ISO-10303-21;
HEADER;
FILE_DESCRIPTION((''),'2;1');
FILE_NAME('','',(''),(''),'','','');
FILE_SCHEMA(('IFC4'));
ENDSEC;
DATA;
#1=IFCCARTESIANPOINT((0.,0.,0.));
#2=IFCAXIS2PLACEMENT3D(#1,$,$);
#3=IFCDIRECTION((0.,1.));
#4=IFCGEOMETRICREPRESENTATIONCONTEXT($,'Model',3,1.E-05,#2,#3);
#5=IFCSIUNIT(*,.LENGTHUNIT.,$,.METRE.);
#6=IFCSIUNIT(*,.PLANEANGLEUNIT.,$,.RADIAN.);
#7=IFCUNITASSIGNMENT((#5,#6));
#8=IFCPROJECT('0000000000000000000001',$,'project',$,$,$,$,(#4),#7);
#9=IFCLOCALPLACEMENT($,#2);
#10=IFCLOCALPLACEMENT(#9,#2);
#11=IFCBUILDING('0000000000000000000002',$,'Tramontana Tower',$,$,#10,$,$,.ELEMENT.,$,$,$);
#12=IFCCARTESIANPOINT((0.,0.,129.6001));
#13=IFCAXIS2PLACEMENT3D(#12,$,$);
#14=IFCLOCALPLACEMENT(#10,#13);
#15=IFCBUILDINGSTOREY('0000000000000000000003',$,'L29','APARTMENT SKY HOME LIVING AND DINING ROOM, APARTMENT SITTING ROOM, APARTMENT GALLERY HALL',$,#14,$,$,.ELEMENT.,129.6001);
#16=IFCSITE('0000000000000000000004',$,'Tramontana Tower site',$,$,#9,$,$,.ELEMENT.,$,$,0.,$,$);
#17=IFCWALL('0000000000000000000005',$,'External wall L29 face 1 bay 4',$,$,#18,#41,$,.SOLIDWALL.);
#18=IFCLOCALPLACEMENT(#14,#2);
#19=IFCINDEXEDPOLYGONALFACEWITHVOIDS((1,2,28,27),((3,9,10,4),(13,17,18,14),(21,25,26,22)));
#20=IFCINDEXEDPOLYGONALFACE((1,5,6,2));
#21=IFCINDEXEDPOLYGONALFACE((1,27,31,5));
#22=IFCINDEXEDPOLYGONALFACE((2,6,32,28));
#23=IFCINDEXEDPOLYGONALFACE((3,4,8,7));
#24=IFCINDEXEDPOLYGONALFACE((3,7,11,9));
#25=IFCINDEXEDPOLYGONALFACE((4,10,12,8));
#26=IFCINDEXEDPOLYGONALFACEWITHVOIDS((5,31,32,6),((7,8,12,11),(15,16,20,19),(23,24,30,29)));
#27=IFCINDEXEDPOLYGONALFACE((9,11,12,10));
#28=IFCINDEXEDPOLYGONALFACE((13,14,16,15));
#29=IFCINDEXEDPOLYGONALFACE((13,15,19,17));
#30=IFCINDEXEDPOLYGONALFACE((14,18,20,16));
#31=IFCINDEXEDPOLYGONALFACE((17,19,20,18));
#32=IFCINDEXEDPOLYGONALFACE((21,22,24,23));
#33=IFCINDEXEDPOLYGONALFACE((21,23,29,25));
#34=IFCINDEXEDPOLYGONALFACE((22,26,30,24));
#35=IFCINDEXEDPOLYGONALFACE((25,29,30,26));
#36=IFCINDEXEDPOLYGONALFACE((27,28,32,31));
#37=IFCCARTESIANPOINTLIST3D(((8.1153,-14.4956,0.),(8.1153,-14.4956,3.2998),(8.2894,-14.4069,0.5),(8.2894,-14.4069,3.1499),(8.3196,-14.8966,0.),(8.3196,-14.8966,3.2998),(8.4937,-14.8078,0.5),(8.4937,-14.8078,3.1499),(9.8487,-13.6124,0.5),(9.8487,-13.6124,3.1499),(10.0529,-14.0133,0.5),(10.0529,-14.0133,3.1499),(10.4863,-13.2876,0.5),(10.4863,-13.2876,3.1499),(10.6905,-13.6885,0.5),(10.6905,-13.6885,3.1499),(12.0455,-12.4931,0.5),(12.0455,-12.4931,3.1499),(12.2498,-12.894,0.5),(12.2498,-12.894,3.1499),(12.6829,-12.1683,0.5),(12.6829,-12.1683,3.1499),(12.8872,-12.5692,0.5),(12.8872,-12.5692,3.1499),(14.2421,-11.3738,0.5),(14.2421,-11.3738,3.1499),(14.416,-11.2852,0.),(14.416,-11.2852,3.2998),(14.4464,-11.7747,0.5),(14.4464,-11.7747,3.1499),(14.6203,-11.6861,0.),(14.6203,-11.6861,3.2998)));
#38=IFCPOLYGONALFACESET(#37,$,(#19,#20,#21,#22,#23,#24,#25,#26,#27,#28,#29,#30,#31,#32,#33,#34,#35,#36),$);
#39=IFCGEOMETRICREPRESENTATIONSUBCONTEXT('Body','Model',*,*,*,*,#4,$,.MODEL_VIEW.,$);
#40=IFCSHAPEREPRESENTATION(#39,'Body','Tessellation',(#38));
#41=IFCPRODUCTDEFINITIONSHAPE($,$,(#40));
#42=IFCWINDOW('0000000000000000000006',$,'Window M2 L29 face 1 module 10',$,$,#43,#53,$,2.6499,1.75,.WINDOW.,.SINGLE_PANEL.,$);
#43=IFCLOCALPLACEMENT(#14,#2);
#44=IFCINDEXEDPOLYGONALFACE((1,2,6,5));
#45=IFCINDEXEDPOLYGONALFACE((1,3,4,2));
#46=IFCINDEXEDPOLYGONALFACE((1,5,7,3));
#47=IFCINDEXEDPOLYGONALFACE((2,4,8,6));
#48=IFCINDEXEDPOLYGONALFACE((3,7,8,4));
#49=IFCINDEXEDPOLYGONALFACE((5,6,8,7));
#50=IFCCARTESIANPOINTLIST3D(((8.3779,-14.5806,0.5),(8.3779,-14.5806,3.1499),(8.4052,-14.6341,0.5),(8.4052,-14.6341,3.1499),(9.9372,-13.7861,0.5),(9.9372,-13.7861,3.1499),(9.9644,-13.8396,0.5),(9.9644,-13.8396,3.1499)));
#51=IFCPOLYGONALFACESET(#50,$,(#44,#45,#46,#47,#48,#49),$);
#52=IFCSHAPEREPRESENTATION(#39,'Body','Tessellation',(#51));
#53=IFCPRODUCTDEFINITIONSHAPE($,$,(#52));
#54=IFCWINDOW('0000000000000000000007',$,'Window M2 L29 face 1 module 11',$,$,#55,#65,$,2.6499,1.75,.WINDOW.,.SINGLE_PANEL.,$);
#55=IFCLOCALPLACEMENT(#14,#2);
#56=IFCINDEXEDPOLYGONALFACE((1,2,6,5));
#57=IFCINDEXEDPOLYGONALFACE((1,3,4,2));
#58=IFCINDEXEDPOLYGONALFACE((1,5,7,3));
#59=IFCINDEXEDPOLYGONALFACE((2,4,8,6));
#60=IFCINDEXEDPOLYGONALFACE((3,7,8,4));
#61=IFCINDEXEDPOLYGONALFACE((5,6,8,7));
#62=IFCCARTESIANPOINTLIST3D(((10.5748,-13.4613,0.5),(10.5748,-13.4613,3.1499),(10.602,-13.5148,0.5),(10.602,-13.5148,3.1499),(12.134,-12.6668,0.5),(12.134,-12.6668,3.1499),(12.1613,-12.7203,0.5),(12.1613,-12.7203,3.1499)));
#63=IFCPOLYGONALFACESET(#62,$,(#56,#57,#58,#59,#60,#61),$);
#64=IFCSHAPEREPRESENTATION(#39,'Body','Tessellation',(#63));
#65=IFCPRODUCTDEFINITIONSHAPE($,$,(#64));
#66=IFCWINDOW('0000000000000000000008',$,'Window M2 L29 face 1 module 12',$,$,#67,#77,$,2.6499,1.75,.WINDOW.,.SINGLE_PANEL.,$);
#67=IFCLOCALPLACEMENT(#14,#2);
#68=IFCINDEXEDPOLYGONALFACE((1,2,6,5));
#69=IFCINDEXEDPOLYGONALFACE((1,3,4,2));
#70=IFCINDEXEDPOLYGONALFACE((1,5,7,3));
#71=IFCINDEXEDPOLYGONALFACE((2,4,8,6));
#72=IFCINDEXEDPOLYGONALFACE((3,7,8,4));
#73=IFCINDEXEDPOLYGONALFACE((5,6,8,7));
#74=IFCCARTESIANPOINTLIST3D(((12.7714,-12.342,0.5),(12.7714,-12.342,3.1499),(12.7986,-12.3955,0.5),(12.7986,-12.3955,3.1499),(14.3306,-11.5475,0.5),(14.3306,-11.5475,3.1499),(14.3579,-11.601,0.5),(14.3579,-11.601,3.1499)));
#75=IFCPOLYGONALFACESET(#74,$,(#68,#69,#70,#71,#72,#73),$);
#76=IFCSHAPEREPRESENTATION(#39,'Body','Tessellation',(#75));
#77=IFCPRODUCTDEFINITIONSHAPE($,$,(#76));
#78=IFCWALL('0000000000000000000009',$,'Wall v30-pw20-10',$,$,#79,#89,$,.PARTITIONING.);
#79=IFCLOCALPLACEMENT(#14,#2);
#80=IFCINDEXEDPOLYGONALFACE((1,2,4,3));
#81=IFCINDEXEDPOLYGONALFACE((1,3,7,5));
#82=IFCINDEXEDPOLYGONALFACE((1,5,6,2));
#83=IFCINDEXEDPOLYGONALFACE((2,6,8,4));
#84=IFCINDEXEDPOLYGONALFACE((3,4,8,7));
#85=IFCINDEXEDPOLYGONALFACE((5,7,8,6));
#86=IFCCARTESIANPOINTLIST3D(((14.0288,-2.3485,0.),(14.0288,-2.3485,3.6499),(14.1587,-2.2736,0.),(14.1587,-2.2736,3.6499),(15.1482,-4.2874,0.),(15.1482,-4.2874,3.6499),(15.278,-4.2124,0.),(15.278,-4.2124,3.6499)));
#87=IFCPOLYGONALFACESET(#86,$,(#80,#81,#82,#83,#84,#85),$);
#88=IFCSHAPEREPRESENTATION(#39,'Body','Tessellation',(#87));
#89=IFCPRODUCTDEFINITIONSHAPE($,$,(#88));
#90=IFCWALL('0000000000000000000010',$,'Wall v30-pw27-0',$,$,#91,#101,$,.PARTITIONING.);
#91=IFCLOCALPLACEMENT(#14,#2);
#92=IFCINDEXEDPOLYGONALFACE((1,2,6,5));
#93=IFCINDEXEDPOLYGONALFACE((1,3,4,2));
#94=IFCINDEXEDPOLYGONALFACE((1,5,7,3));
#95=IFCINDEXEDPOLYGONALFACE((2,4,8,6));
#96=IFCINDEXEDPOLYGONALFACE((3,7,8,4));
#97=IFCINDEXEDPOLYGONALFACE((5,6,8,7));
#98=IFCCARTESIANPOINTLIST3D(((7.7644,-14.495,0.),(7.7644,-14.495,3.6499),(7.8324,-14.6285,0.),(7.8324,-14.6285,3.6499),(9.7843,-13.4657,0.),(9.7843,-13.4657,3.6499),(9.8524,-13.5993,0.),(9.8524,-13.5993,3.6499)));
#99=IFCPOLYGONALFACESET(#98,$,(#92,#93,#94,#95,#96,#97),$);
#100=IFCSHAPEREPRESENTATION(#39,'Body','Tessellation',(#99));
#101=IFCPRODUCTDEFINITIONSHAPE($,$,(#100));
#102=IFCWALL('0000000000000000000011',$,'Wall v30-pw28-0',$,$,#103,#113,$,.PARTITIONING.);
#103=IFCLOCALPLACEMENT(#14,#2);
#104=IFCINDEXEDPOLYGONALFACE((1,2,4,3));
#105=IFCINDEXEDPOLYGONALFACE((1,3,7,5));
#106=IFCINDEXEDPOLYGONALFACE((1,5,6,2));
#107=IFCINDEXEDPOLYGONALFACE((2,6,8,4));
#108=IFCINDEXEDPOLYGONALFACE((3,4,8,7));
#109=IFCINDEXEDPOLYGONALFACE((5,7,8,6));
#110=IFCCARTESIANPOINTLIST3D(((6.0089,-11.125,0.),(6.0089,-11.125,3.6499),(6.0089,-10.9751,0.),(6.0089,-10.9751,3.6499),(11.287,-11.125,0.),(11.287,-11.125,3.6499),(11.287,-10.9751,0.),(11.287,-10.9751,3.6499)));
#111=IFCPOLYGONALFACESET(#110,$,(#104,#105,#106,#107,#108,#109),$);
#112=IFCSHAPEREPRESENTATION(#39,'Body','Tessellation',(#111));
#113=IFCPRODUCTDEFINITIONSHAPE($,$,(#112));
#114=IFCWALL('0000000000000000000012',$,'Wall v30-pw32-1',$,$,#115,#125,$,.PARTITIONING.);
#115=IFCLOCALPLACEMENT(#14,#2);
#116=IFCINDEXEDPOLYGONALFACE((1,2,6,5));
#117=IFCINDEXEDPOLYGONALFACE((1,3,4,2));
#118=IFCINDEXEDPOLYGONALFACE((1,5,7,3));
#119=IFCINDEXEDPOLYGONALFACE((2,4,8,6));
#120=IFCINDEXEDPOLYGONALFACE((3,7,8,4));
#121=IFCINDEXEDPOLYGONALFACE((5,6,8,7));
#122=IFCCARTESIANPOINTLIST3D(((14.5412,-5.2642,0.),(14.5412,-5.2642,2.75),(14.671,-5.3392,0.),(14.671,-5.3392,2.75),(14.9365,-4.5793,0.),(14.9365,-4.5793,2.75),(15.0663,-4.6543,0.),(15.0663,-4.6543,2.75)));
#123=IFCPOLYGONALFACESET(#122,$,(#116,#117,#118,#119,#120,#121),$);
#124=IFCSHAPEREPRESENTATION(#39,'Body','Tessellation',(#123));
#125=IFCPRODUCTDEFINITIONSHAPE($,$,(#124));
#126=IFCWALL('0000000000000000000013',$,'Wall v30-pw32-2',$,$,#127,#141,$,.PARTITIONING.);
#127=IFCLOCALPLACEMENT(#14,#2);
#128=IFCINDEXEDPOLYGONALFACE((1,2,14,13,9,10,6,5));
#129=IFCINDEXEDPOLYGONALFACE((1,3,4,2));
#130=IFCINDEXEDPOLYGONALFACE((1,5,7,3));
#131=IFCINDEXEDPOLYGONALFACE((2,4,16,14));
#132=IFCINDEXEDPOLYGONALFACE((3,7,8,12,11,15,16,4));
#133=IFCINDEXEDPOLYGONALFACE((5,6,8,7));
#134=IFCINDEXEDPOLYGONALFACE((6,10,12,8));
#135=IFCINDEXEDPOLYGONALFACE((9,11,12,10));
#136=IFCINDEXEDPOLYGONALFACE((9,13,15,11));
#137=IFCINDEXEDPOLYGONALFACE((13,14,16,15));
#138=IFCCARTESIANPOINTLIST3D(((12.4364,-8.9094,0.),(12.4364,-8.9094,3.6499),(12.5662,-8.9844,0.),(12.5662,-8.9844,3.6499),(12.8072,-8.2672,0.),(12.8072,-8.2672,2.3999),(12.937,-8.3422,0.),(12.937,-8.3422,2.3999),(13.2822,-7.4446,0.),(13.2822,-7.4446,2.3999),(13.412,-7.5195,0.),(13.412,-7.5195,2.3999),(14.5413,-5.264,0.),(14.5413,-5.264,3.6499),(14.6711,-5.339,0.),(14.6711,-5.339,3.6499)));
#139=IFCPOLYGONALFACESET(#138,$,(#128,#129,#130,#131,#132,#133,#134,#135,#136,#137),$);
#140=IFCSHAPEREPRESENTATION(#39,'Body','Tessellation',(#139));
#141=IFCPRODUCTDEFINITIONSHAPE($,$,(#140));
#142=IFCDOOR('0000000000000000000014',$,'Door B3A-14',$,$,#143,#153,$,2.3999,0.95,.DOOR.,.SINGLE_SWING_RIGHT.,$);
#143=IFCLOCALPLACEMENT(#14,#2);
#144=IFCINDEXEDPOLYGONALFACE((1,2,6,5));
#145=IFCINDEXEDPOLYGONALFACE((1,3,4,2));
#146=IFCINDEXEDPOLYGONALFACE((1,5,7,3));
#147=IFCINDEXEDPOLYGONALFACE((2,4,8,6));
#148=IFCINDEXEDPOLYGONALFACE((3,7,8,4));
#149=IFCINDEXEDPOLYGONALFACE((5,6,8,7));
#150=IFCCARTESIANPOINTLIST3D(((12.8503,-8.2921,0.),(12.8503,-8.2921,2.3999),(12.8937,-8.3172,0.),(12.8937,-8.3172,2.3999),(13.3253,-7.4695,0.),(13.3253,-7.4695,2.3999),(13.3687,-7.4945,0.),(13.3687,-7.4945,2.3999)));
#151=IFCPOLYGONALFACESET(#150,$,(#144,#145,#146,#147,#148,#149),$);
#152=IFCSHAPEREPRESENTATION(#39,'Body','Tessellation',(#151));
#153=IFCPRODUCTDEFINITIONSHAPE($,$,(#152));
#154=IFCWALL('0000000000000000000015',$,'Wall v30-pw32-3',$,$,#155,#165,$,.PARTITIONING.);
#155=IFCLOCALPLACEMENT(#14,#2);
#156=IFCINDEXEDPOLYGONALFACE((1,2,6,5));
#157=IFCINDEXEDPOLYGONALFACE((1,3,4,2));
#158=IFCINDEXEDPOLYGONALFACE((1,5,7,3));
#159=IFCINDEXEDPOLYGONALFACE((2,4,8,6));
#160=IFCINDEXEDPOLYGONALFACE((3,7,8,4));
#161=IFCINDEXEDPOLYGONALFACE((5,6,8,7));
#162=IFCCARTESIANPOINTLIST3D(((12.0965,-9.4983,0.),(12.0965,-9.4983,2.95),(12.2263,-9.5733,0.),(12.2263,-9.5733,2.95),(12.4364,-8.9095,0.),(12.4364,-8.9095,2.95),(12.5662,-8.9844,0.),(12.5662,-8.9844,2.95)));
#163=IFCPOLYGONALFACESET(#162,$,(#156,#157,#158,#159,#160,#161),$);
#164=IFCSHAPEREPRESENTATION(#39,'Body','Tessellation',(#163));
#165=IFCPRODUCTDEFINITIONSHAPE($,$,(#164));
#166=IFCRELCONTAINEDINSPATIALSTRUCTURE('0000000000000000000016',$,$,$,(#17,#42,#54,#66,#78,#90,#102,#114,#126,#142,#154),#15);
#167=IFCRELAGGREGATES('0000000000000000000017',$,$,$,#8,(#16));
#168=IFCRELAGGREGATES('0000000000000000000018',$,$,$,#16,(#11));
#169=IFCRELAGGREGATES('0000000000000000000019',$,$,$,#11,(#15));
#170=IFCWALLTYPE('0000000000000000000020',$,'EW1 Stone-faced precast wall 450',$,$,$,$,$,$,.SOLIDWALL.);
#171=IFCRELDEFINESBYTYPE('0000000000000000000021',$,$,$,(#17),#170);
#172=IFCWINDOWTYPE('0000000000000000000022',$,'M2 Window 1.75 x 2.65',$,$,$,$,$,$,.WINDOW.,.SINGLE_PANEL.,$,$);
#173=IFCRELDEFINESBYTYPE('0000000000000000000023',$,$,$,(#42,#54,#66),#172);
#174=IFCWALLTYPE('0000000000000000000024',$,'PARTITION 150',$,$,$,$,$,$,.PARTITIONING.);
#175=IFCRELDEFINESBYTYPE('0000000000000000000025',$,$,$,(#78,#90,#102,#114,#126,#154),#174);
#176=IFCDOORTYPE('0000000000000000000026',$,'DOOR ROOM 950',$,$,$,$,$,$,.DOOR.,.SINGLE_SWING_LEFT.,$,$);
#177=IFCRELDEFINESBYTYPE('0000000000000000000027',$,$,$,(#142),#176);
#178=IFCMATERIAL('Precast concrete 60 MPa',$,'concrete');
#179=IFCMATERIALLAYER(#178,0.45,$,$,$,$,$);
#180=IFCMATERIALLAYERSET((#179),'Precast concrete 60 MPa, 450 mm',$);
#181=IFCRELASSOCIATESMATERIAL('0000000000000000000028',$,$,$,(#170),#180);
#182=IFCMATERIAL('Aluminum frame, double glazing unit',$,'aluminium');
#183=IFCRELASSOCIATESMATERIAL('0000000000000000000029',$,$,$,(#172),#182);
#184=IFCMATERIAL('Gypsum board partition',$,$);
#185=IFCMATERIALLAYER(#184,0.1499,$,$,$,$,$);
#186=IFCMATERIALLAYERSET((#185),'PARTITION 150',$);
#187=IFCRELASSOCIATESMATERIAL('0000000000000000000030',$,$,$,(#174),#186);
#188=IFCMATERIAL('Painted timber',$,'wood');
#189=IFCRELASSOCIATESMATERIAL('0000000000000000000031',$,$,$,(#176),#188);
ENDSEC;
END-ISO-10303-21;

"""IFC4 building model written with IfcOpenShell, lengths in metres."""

from ifc_helpers import new_model, si_unit, direction, frame, frame_2d, origin, place, context, subcontext, project, spatial, rectangle, extrude, material, layer, layer_set, type_object, element, fill, save


model = new_model("IFC4")

# Units and contexts
model_context = context("Model", 3, precision=1e-05, world=origin(), true_north=direction((0.0, 1.0)))
body_context = subcontext(model_context, "Body", "Model", "MODEL_VIEW")
ifc_project = project(units=[si_unit("LENGTHUNIT", "METRE"), si_unit("PLANEANGLEUNIT", "RADIAN")], contexts=[model_context])

# Site, building, storey
site_placement = place(None, origin())
site = spatial("IfcSite", under=ifc_project, at=site_placement, Name="Tramontana Tower site", CompositionType="ELEMENT", RefElevation=0.0)
building_placement = place(site_placement, origin())
building = spatial("IfcBuilding", under=site, at=building_placement, Name="Tramontana Tower", CompositionType="ELEMENT")
storey_placement = place(building_placement, frame((0.0, 0.0, 129.6001)))
storey = spatial("IfcBuildingStorey", under=building, at=storey_placement, Name="L29", Description="APARTMENT SKY HOME LIVING AND DINING ROOM, APARTMENT SITTING ROOM, APARTMENT GALLERY HALL", CompositionType="ELEMENT", Elevation=129.6001)

# Wall, openings, windows
ifc_material_1 = material(Name="Precast concrete 60 MPa", Category="concrete")
ifc_layer_1 = layer(ifc_material_1, 0.45)
ifc_layer_set_1 = layer_set([ifc_layer_1], Name="Precast concrete 60 MPa, 450 mm")
wall_type_1 = type_object("IfcWallType", Name="EW1 Stone-faced precast wall 450", PredefinedType="SOLIDWALL", material=ifc_layer_set_1)
wall_1_placement = place(storey_placement, frame((8.2175, -14.696, 0.0), z_axis=(0.0, 0.0, 1.0), x_axis=(0.891004, 0.453995, 0.0)))
wall_1 = element("IfcWall", 1, at=wall_1_placement, inside=storey, type_object=wall_type_1, Name="External wall L29 face 1 bay 4", PredefinedType="SOLIDWALL", context=body_context, shape_type="SweptSolid", body=[
    extrude(rectangle(XDim=7.0715, YDim=0.45, at=frame_2d((3.5356, 0.0))), origin(), (0.0, 0.0, 1.0), 3.2998),
])
opening_1_placement = place(wall_1_placement, frame((0.1953, 0.0, 0.5)))
opening_1 = element("IfcOpeningElement", 2, at=opening_1_placement, cuts=wall_1, PredefinedType="OPENING", context=body_context, shape_type="SweptSolid", body=[
    extrude(rectangle(XDim=1.75, YDim=2.6499, at=frame_2d((0.875, 1.325))), frame((0.0, 0.2349, 0.0), z_axis=(0.0, -1.0, 0.0), x_axis=(1.0, 0.0, 0.0)), (0.0, 0.0, 1.0), 0.47),
])
opening_2_placement = place(wall_1_placement, frame((2.6609, 0.0, 0.5)))
opening_2 = element("IfcOpeningElement", 3, at=opening_2_placement, cuts=wall_1, PredefinedType="OPENING", context=body_context, shape_type="SweptSolid", body=[
    extrude(rectangle(XDim=1.75, YDim=2.6499, at=frame_2d((0.875, 1.325))), frame((0.0, 0.2349, 0.0), z_axis=(0.0, -1.0, 0.0), x_axis=(1.0, 0.0, 0.0)), (0.0, 0.0, 1.0), 0.47),
])
opening_3_placement = place(wall_1_placement, frame((5.1262, 0.0, 0.5)))
opening_3 = element("IfcOpeningElement", 4, at=opening_3_placement, cuts=wall_1, PredefinedType="OPENING", context=body_context, shape_type="SweptSolid", body=[
    extrude(rectangle(XDim=1.75, YDim=2.6499, at=frame_2d((0.875, 1.325))), frame((0.0, 0.2349, 0.0), z_axis=(0.0, -1.0, 0.0), x_axis=(1.0, 0.0, 0.0)), (0.0, 0.0, 1.0), 0.47),
])
ifc_material_2 = material(Name="Aluminum frame, double glazing unit", Category="aluminium")
window_type = type_object("IfcWindowType", Name="M2 Window 1.75 x 2.65", PartitioningType="SINGLE_PANEL", PredefinedType="WINDOW", material=ifc_material_2)
window_1_placement = place(opening_1_placement, origin())
window_1 = element("IfcWindow", 5, at=window_1_placement, inside=storey, type_object=window_type, Name="Window M2 L29 face 1 module 10", OverallHeight=2.6499, OverallWidth=1.75, PartitioningType="SINGLE_PANEL", PredefinedType="WINDOW", context=body_context, shape_type="SweptSolid", body=[
    extrude(rectangle(XDim=1.75, YDim=2.6499, at=frame_2d((0.875, 1.325))), frame((0.0, 0.03, 0.0), z_axis=(0.0, -1.0, 0.0), x_axis=(1.0, 0.0, 0.0)), (0.0, 0.0, 1.0), 0.0601),
])
fill(opening_1, window_1)
window_2_placement = place(opening_2_placement, origin())
window_2 = element("IfcWindow", 6, at=window_2_placement, inside=storey, type_object=window_type, Name="Window M2 L29 face 1 module 11", OverallHeight=2.6499, OverallWidth=1.75, PartitioningType="SINGLE_PANEL", PredefinedType="WINDOW", context=body_context, shape_type="SweptSolid", body=[
    extrude(rectangle(XDim=1.75, YDim=2.6499, at=frame_2d((0.875, 1.325))), frame((0.0, 0.03, 0.0), z_axis=(0.0, -1.0, 0.0), x_axis=(1.0, 0.0, 0.0)), (0.0, 0.0, 1.0), 0.0601),
])
fill(opening_2, window_2)
window_3_placement = place(opening_3_placement, origin())
window_3 = element("IfcWindow", 7, at=window_3_placement, inside=storey, type_object=window_type, Name="Window M2 L29 face 1 module 12", OverallHeight=2.6499, OverallWidth=1.75, PartitioningType="SINGLE_PANEL", PredefinedType="WINDOW", context=body_context, shape_type="SweptSolid", body=[
    extrude(rectangle(XDim=1.75, YDim=2.6499, at=frame_2d((0.875, 1.325))), frame((0.0, 0.03, 0.0), z_axis=(0.0, -1.0, 0.0), x_axis=(1.0, 0.0, 0.0)), (0.0, 0.0, 1.0), 0.0601),
])
fill(opening_3, window_3)

# Wall
ifc_material_3 = material(Name="Gypsum board partition")
ifc_layer_2 = layer(ifc_material_3, 0.1499)
ifc_layer_set_2 = layer_set([ifc_layer_2], Name="PARTITION 150")
wall_type_2 = type_object("IfcWallType", Name="PARTITION 150", PredefinedType="PARTITIONING", material=ifc_layer_set_2)
wall_2_placement = place(storey_placement, frame((14.0938, -2.311, 0.0), z_axis=(0.0, 0.0, 1.0), x_axis=(0.499974, -0.86604, 0.0)))
element("IfcWall", 8, at=wall_2_placement, inside=storey, type_object=wall_type_2, Name="Wall v30-pw20-10", PredefinedType="PARTITIONING", context=body_context, shape_type="SweptSolid", body=[
    extrude(rectangle(XDim=2.2388, YDim=0.1499, at=frame_2d((1.1194, 0.0))), origin(), (0.0, 0.0, 1.0), 3.6499),
])

# Walls
wall_3_placement = place(storey_placement, frame((9.8184, -13.5325, 0.0), z_axis=(0.0, 0.0, 1.0), x_axis=(-0.890998, -0.454006, 0.0)))
element("IfcWall", 9, at=wall_3_placement, inside=storey, type_object=wall_type_2, Name="Wall v30-pw27-0", PredefinedType="PARTITIONING", context=body_context, shape_type="SweptSolid", body=[
    extrude(rectangle(XDim=2.2671, YDim=0.1499, at=frame_2d((1.1335, 0.0))), origin(), (0.0, 0.0, 1.0), 3.6499),
])
wall_4_placement = place(storey_placement, frame((11.2871, -11.05, 0.0), z_axis=(0.0, 0.0, 1.0), x_axis=(-1.0, 0.0, 0.0)))
element("IfcWall", 10, at=wall_4_placement, inside=storey, type_object=wall_type_2, Name="Wall v30-pw28-0", PredefinedType="PARTITIONING", context=body_context, shape_type="SweptSolid", body=[
    extrude(rectangle(XDim=5.2781, YDim=0.1499, at=frame_2d((2.6392, 0.0))), origin(), (0.0, 0.0, 1.0), 3.6499),
])
wall_5_placement = place(storey_placement, frame((15.0015, -4.6167, 0.0), z_axis=(0.0, 0.0, 1.0), x_axis=(-0.499892, -0.866088, 0.0)))
element("IfcWall", 11, at=wall_5_placement, inside=storey, type_object=wall_type_2, Name="Wall v30-pw32-1", PredefinedType="PARTITIONING", context=body_context, shape_type="SweptSolid", body=[
    extrude(rectangle(XDim=0.7908, YDim=0.1499, at=frame_2d((0.3955, 0.0))), origin(), (0.0, 0.0, 1.0), 2.75),
])

# Wall, opening, door
wall_6_placement = place(storey_placement, frame((14.6062, -5.3015, 0.0), z_axis=(0.0, 0.0, 1.0), x_axis=(-0.500044, -0.866, 0.0)))
wall_6 = element("IfcWall", 12, at=wall_6_placement, inside=storey, type_object=wall_type_2, Name="Wall v30-pw32-2", PredefinedType="PARTITIONING", context=body_context, shape_type="SweptSolid", body=[
    extrude(rectangle(XDim=4.2095, YDim=0.1499, at=frame_2d((2.1047, 0.0))), origin(), (0.0, 0.0, 1.0), 3.6499),
])
opening_4_placement = place(wall_6_placement, frame((2.5178, 0.0, 0.0)))
opening_4 = element("IfcOpeningElement", 13, at=opening_4_placement, cuts=wall_6, PredefinedType="OPENING", context=body_context, shape_type="SweptSolid", body=[
    extrude(rectangle(XDim=0.95, YDim=2.3999, at=frame_2d((0.4751, 1.2))), frame((0.0, 0.085, 0.0), z_axis=(0.0, -1.0, 0.0), x_axis=(1.0, 0.0, 0.0)), (0.0, 0.0, 1.0), 0.1699),
])
ifc_material_4 = material(Name="Painted timber", Category="wood")
door_type_1 = type_object("IfcDoorType", Name="DOOR ROOM 950", OperationType="SINGLE_SWING_LEFT", PredefinedType="DOOR", material=ifc_material_4)
door_1_placement = place(opening_4_placement, origin())
door_1 = element("IfcDoor", 14, at=door_1_placement, inside=storey, type_object=door_type_1, Name="Door B3A-14", OperationType="SINGLE_SWING_RIGHT", OverallHeight=2.3999, OverallWidth=0.95, PredefinedType="DOOR", context=body_context, shape_type="SweptSolid", body=[
    extrude(rectangle(XDim=0.95, YDim=2.3999, at=frame_2d((0.4751, 1.2))), frame((0.0, 0.0249, 0.0), z_axis=(0.0, -1.0, 0.0), x_axis=(1.0, 0.0, 0.0)), (0.0, 0.0, 1.0), 0.05),
])
fill(opening_4, door_1)

# Wall
wall_7_placement = place(storey_placement, frame((12.5012, -8.947, 0.0), z_axis=(0.0, 0.0, 1.0), x_axis=(-0.499847, -0.866114, 0.0)))
element("IfcWall", 15, at=wall_7_placement, inside=storey, type_object=wall_type_2, Name="Wall v30-pw32-3", PredefinedType="PARTITIONING", context=body_context, shape_type="SweptSolid", body=[
    extrude(rectangle(XDim=0.6799, YDim=0.1499, at=frame_2d((0.3398, 0.0))), origin(), (0.0, 0.0, 1.0), 2.95),
])

save(model, "model.ifc")
